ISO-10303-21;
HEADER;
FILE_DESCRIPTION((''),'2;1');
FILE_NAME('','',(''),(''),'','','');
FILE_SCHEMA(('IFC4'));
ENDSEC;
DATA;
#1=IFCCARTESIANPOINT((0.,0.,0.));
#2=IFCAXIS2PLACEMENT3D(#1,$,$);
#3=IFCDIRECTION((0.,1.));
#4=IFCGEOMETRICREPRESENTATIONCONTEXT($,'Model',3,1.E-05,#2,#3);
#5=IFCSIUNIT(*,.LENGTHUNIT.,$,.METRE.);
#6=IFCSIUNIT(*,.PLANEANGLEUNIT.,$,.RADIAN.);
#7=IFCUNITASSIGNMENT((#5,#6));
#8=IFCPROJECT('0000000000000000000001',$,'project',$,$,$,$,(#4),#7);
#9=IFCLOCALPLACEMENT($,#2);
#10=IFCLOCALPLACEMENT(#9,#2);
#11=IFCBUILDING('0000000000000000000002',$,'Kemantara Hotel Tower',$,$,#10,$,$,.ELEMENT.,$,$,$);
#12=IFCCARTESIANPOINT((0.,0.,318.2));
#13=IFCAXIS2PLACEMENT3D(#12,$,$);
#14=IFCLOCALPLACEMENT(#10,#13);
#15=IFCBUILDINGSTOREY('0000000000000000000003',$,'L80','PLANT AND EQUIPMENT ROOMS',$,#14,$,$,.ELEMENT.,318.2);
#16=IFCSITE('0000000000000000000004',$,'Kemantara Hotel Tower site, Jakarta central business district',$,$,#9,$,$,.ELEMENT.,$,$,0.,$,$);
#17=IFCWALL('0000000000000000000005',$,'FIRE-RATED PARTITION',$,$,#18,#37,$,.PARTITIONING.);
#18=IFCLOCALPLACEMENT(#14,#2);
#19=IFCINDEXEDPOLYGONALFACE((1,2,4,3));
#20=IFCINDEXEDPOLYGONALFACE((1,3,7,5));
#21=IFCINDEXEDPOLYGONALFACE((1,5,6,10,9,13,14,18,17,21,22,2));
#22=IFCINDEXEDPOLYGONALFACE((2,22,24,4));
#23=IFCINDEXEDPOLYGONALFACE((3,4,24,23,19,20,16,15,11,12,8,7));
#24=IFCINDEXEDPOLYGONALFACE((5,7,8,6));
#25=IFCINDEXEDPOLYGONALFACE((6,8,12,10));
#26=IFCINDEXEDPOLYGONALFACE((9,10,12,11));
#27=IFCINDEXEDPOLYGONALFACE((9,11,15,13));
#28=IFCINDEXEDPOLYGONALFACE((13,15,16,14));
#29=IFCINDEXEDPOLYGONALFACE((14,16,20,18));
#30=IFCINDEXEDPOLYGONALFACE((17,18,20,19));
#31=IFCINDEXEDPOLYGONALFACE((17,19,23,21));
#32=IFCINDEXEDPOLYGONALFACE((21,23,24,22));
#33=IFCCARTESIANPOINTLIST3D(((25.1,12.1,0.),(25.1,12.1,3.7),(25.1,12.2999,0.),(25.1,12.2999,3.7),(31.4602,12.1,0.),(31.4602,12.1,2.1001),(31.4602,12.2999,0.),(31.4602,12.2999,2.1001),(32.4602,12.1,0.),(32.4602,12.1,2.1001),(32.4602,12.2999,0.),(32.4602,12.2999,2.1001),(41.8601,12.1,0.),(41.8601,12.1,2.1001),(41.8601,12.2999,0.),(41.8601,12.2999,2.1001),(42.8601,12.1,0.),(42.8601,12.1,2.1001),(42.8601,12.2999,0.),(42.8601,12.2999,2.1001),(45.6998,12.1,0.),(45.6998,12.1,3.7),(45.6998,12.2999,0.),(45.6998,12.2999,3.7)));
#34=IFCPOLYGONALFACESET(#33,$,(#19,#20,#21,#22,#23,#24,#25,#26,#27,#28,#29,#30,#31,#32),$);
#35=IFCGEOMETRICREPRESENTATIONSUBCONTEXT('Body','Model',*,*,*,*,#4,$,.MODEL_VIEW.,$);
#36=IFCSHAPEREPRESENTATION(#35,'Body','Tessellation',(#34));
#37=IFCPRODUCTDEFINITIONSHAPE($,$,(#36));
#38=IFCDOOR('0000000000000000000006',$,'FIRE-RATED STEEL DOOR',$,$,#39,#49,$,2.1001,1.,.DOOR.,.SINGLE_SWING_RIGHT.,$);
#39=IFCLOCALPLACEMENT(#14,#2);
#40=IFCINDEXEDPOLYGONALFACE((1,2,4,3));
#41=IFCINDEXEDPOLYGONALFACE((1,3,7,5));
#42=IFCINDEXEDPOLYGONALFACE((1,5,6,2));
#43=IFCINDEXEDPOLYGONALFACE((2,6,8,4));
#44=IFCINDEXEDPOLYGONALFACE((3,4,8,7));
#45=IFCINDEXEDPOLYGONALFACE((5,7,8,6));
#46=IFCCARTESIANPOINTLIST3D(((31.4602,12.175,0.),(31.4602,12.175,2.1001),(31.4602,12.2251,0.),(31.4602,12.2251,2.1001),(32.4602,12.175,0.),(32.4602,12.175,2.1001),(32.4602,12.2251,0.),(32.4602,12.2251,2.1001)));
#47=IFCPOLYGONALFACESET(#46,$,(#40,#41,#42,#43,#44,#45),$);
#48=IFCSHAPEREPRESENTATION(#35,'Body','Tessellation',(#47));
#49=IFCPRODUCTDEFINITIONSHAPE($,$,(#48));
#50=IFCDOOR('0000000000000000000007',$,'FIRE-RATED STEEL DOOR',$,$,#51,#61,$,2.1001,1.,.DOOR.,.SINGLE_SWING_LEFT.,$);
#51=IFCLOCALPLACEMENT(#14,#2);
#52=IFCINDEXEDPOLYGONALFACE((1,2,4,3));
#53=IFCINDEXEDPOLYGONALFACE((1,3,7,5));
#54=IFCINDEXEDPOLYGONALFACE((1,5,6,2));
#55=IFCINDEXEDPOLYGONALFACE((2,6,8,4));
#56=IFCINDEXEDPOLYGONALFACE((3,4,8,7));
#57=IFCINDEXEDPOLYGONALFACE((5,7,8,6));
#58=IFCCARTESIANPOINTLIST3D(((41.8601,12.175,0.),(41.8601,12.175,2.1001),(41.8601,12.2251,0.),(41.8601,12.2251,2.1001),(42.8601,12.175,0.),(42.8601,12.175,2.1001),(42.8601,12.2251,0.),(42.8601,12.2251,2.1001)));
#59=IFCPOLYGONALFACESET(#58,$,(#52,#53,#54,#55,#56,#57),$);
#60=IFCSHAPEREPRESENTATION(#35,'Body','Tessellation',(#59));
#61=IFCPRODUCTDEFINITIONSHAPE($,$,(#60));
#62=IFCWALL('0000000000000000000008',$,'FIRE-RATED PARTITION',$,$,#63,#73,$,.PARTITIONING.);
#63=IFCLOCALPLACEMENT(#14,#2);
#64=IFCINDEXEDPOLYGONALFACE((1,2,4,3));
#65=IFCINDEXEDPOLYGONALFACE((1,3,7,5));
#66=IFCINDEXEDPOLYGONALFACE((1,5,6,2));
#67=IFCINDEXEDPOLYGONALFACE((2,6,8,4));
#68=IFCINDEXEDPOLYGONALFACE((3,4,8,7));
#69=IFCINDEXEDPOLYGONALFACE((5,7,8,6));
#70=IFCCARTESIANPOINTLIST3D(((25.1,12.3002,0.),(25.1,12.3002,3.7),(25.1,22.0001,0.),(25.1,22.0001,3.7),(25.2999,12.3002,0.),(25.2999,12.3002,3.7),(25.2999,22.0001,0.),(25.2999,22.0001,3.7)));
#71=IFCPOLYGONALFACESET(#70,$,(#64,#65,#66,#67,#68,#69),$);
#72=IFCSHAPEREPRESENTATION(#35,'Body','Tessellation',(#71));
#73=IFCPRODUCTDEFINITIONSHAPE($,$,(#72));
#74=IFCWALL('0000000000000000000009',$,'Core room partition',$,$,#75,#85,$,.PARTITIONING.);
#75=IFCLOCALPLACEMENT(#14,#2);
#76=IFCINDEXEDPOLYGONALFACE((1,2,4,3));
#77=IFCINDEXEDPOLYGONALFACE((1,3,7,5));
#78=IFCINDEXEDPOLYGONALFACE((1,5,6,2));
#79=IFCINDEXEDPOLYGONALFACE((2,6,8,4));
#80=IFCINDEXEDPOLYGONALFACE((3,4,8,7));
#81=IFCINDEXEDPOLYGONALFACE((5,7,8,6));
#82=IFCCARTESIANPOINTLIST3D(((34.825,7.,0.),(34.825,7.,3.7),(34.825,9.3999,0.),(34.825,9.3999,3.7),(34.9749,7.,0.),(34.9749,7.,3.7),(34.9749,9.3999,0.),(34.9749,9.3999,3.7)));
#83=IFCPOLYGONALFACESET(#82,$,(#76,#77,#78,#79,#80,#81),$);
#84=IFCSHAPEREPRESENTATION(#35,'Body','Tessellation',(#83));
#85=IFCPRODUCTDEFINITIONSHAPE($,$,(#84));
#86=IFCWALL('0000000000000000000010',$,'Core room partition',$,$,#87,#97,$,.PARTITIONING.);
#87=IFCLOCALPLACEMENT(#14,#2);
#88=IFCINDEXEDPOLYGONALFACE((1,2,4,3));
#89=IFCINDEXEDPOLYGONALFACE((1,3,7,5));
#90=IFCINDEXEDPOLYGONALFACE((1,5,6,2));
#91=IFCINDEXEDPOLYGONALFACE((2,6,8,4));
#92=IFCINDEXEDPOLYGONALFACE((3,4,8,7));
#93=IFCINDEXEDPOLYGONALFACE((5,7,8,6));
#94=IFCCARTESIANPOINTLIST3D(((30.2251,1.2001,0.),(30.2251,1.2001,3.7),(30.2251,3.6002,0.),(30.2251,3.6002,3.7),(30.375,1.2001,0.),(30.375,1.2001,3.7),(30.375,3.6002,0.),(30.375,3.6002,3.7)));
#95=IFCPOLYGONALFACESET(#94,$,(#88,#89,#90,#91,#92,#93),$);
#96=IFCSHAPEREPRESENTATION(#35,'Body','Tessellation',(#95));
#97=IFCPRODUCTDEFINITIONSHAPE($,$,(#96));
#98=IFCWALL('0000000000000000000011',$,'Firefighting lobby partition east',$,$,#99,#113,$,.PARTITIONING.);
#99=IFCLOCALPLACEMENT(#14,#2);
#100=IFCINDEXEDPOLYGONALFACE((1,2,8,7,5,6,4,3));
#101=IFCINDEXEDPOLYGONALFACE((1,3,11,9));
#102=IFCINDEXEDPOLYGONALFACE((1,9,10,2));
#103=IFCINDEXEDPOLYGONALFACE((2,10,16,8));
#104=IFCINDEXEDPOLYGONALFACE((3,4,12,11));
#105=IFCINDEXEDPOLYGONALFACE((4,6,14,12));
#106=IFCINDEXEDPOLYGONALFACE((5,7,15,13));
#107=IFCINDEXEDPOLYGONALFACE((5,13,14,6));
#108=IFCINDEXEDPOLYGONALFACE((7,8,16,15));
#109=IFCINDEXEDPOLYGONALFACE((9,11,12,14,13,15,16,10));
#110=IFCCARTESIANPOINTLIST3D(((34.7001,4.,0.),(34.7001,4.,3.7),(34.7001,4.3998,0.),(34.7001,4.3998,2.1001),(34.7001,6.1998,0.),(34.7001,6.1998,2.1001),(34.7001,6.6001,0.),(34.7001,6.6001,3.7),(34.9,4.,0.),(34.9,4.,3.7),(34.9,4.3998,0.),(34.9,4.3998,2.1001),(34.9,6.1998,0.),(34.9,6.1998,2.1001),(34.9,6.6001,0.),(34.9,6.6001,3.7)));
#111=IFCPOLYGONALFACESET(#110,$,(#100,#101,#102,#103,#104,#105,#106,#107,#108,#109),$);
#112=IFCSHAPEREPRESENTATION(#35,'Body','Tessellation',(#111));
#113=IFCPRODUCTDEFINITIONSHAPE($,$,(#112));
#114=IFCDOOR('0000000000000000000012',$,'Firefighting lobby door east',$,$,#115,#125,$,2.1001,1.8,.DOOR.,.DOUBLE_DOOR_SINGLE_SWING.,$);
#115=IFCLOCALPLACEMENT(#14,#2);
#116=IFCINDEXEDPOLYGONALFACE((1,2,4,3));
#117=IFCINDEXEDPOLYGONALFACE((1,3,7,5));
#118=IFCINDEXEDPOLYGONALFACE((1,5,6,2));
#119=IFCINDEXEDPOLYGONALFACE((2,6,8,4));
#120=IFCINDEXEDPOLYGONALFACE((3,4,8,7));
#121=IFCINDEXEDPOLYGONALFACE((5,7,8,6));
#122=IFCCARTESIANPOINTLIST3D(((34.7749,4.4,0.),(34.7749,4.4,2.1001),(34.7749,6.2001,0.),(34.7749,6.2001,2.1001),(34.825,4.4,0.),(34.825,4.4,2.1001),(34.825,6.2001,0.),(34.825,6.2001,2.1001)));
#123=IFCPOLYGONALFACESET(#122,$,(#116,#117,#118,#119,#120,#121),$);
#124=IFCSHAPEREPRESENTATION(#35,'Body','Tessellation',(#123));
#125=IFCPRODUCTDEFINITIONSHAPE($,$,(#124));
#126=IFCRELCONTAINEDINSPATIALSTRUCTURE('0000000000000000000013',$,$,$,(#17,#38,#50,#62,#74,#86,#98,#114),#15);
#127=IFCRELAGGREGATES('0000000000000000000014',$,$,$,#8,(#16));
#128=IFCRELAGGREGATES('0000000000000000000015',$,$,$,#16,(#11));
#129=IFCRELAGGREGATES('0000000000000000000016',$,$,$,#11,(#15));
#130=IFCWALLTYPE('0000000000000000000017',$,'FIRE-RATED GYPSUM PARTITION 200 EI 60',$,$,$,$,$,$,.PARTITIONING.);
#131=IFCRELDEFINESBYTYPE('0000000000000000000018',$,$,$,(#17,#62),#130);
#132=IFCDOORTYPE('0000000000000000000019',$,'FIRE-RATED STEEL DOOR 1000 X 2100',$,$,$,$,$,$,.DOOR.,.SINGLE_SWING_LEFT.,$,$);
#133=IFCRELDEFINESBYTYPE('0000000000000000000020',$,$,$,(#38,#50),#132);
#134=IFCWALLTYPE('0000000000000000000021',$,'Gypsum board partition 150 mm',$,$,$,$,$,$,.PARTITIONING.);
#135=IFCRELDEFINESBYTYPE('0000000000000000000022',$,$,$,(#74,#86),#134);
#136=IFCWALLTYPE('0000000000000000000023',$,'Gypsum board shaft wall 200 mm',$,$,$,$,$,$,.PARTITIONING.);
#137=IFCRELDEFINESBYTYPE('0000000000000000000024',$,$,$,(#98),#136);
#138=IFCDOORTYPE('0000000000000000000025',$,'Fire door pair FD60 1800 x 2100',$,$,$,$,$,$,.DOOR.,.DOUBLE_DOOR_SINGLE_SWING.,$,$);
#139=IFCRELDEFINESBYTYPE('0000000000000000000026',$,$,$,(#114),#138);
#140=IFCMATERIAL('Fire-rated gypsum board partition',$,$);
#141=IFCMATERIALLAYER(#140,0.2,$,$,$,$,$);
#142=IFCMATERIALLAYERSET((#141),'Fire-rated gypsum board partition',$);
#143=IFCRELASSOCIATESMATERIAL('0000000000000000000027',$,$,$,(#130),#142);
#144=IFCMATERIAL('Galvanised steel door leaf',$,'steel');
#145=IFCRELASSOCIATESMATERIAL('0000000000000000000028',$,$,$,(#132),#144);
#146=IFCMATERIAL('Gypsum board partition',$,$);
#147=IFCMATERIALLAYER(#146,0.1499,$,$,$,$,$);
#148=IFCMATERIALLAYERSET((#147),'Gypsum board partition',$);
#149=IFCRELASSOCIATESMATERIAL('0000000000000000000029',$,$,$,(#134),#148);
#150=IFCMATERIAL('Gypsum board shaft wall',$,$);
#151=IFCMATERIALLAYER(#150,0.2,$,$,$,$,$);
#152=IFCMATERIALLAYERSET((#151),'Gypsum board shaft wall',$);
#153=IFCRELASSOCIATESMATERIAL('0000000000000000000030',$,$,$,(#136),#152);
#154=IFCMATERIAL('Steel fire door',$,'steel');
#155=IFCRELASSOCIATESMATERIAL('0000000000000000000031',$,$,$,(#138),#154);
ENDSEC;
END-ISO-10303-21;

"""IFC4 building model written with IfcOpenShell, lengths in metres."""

from ifc_helpers import new_model, si_unit, direction, frame, frame_2d, origin, place, context, subcontext, project, spatial, rectangle, extrude, material, layer, layer_set, type_object, element, fill, save


model = new_model("IFC4")

# Units and contexts
model_context = context("Model", 3, precision=1e-05, world=origin(), true_north=direction((0.0, 1.0)))
body_context = subcontext(model_context, "Body", "Model", "MODEL_VIEW")
ifc_project = project(units=[si_unit("LENGTHUNIT", "METRE"), si_unit("PLANEANGLEUNIT", "RADIAN")], contexts=[model_context])

# Site, building, storey
site_placement = place(None, origin())
site = spatial("IfcSite", under=ifc_project, at=site_placement, Name="Kemantara Hotel Tower site, Jakarta central business district", CompositionType="ELEMENT", RefElevation=0.0)
building_placement = place(site_placement, origin())
building = spatial("IfcBuilding", under=site, at=building_placement, Name="Kemantara Hotel Tower", CompositionType="ELEMENT")
storey_placement = place(building_placement, frame((0.0, 0.0, 318.2)))
storey = spatial("IfcBuildingStorey", under=building, at=storey_placement, Name="L80", Description="PLANT AND EQUIPMENT ROOMS", CompositionType="ELEMENT", Elevation=318.2)

# Shared definitions
ifc_material_1 = material(Name="Steel fire door", Category="steel")

# Wall, openings, doors
ifc_material_2 = material(Name="Fire-rated gypsum board partition")
ifc_layer_1 = layer(ifc_material_2, 0.2)
ifc_layer_set_1 = layer_set([ifc_layer_1], Name="Fire-rated gypsum board partition")
wall_type_1 = type_object("IfcWallType", Name="FIRE-RATED GYPSUM PARTITION 200 EI 60", PredefinedType="PARTITIONING", material=ifc_layer_set_1)
wall_1_placement = place(storey_placement, frame((25.1001, 12.2, 0.0), z_axis=(0.0, 0.0, 1.0), x_axis=(1.0, 0.0, 0.0)))
wall_1 = element("IfcWall", 1, at=wall_1_placement, inside=storey, type_object=wall_type_1, Name="FIRE-RATED PARTITION", PredefinedType="PARTITIONING", context=body_context, shape_type="SweptSolid", body=[
    extrude(rectangle(XDim=20.5999, YDim=0.2, at=frame_2d((10.2998, 0.0))), origin(), (0.0, 0.0, 1.0), 3.7),
])
opening_1_placement = place(wall_1_placement, frame((6.3601, 0.0, 0.0)))
opening_1 = element("IfcOpeningElement", 2, at=opening_1_placement, cuts=wall_1, PredefinedType="OPENING", context=body_context, shape_type="SweptSolid", body=[
    extrude(rectangle(XDim=1.0, YDim=2.1001, at=frame_2d((0.5, 1.05))), frame((0.0, 0.1099, 0.0), z_axis=(0.0, -1.0, 0.0), x_axis=(1.0, 0.0, 0.0)), (0.0, 0.0, 1.0), 0.22),
])
opening_2_placement = place(wall_1_placement, frame((16.76, 0.0, 0.0)))
opening_2 = element("IfcOpeningElement", 3, at=opening_2_placement, cuts=wall_1, PredefinedType="OPENING", context=body_context, shape_type="SweptSolid", body=[
    extrude(rectangle(XDim=1.0, YDim=2.1001, at=frame_2d((0.5, 1.05))), frame((0.0, 0.1099, 0.0), z_axis=(0.0, -1.0, 0.0), x_axis=(1.0, 0.0, 0.0)), (0.0, 0.0, 1.0), 0.22),
])
ifc_material_3 = material(Name="Galvanised steel door leaf", Category="steel")
door_type_1 = type_object("IfcDoorType", Name="FIRE-RATED STEEL DOOR 1000 X 2100", OperationType="SINGLE_SWING_LEFT", PredefinedType="DOOR", material=ifc_material_3)
door_1_placement = place(opening_1_placement, frame((1.0, 0.0, 0.0), z_axis=(0.0, 0.0, 1.0), x_axis=(-1.0, 0.0, 0.0)))
door_1 = element("IfcDoor", 4, at=door_1_placement, inside=storey, type_object=door_type_1, Name="FIRE-RATED STEEL DOOR", OperationType="SINGLE_SWING_RIGHT", OverallHeight=2.1001, OverallWidth=1.0, PredefinedType="DOOR", context=body_context, shape_type="SweptSolid", body=[
    extrude(rectangle(XDim=1.0, YDim=2.1001, at=frame_2d((0.5, 1.05))), frame((0.0, 0.0249, 0.0), z_axis=(0.0, -1.0, 0.0), x_axis=(1.0, 0.0, 0.0)), (0.0, 0.0, 1.0), 0.05),
])
fill(opening_1, door_1)
door_2_placement = place(opening_2_placement, frame((1.0, 0.0, 0.0), z_axis=(0.0, 0.0, 1.0), x_axis=(-1.0, 0.0, 0.0)))
door_2 = element("IfcDoor", 5, at=door_2_placement, inside=storey, type_object=door_type_1, Name="FIRE-RATED STEEL DOOR", OperationType="SINGLE_SWING_LEFT", OverallHeight=2.1001, OverallWidth=1.0, PredefinedType="DOOR", context=body_context, shape_type="SweptSolid", body=[
    extrude(rectangle(XDim=1.0, YDim=2.1001, at=frame_2d((0.5, 1.05))), frame((0.0, 0.0249, 0.0), z_axis=(0.0, -1.0, 0.0), x_axis=(1.0, 0.0, 0.0)), (0.0, 0.0, 1.0), 0.05),
])
fill(opening_2, door_2)

# Walls
wall_2_placement = place(storey_placement, frame((25.2, 12.3, 0.0), z_axis=(0.0, 0.0, 1.0), x_axis=(0.0, 1.0, 0.0)))
element("IfcWall", 6, at=wall_2_placement, inside=storey, type_object=wall_type_1, Name="FIRE-RATED PARTITION", PredefinedType="PARTITIONING", context=body_context, shape_type="SweptSolid", body=[
    extrude(rectangle(XDim=9.7, YDim=0.2, at=frame_2d((4.8501, 0.0))), origin(), (0.0, 0.0, 1.0), 3.7),
])
ifc_material_4 = material(Name="Gypsum board partition")
ifc_layer_2 = layer(ifc_material_4, 0.1499)
ifc_layer_set_2 = layer_set([ifc_layer_2], Name="Gypsum board partition")
wall_type_2 = type_object("IfcWallType", Name="Gypsum board partition 150 mm", PredefinedType="PARTITIONING", material=ifc_layer_set_2)
wall_3_placement = place(storey_placement, frame((34.8999, 7.0, 0.0), z_axis=(0.0, 0.0, 1.0), x_axis=(0.0, 1.0, 0.0)))
element("IfcWall", 7, at=wall_3_placement, inside=storey, type_object=wall_type_2, Name="Core room partition", PredefinedType="PARTITIONING", context=body_context, shape_type="SweptSolid", body=[
    extrude(rectangle(XDim=2.3999, YDim=0.1499, at=frame_2d((1.2, 0.0))), origin(), (0.0, 0.0, 1.0), 3.7),
])
wall_4_placement = place(storey_placement, frame((30.3, 1.2, 0.0), z_axis=(0.0, 0.0, 1.0), x_axis=(0.0, 1.0, 0.0)))
element("IfcWall", 8, at=wall_4_placement, inside=storey, type_object=wall_type_2, Name="Core room partition", PredefinedType="PARTITIONING", context=body_context, shape_type="SweptSolid", body=[
    extrude(rectangle(XDim=2.4001, YDim=0.1499, at=frame_2d((1.2002, 0.0))), origin(), (0.0, 0.0, 1.0), 3.7),
])

# Wall, opening, door
ifc_material_5 = material(Name="Gypsum board shaft wall")
ifc_layer_3 = layer(ifc_material_5, 0.2)
ifc_layer_set_3 = layer_set([ifc_layer_3], Name="Gypsum board shaft wall")
wall_type_3 = type_object("IfcWallType", Name="Gypsum board shaft wall 200 mm", PredefinedType="PARTITIONING", material=ifc_layer_set_3)
wall_5_placement = place(storey_placement, frame((34.8, 4.0, 0.0), z_axis=(0.0, 0.0, 1.0), x_axis=(0.0, 1.0, 0.0)))
wall_5 = element("IfcWall", 9, at=wall_5_placement, inside=storey, type_object=wall_type_3, Name="Firefighting lobby partition east", PredefinedType="PARTITIONING", context=body_context, shape_type="SweptSolid", body=[
    extrude(rectangle(XDim=2.6001, YDim=0.2, at=frame_2d((1.3, 0.0))), origin(), (0.0, 0.0, 1.0), 3.7),
])
opening_3_placement = place(wall_5_placement, frame((0.3999, 0.0, 0.0)))
opening_3 = element("IfcOpeningElement", 10, at=opening_3_placement, cuts=wall_5, PredefinedType="OPENING", context=body_context, shape_type="SweptSolid", body=[
    extrude(rectangle(XDim=1.8, YDim=2.1001, at=frame_2d((0.8999, 1.05))), frame((0.0, 0.1099, 0.0), z_axis=(0.0, -1.0, 0.0), x_axis=(1.0, 0.0, 0.0)), (0.0, 0.0, 1.0), 0.22),
])
door_type_2 = type_object("IfcDoorType", Name="Fire door pair FD60 1800 x 2100", OperationType="DOUBLE_DOOR_SINGLE_SWING", PredefinedType="DOOR", material=ifc_material_1)
door_3_placement = place(opening_3_placement, frame((1.8, 0.0, 0.0), z_axis=(0.0, 0.0, 1.0), x_axis=(-1.0, 0.0, 0.0)))
door_3 = element("IfcDoor", 11, at=door_3_placement, inside=storey, type_object=door_type_2, Name="Firefighting lobby door east", OperationType="DOUBLE_DOOR_SINGLE_SWING", OverallHeight=2.1001, OverallWidth=1.8, PredefinedType="DOOR", context=body_context, shape_type="SweptSolid", body=[
    extrude(rectangle(XDim=1.8, YDim=2.1001, at=frame_2d((0.8999, 1.05))), frame((0.0, 0.0249, 0.0), z_axis=(0.0, -1.0, 0.0), x_axis=(1.0, 0.0, 0.0)), (0.0, 0.0, 1.0), 0.05),
])
fill(opening_3, door_3)

save(model, "model.ifc")
